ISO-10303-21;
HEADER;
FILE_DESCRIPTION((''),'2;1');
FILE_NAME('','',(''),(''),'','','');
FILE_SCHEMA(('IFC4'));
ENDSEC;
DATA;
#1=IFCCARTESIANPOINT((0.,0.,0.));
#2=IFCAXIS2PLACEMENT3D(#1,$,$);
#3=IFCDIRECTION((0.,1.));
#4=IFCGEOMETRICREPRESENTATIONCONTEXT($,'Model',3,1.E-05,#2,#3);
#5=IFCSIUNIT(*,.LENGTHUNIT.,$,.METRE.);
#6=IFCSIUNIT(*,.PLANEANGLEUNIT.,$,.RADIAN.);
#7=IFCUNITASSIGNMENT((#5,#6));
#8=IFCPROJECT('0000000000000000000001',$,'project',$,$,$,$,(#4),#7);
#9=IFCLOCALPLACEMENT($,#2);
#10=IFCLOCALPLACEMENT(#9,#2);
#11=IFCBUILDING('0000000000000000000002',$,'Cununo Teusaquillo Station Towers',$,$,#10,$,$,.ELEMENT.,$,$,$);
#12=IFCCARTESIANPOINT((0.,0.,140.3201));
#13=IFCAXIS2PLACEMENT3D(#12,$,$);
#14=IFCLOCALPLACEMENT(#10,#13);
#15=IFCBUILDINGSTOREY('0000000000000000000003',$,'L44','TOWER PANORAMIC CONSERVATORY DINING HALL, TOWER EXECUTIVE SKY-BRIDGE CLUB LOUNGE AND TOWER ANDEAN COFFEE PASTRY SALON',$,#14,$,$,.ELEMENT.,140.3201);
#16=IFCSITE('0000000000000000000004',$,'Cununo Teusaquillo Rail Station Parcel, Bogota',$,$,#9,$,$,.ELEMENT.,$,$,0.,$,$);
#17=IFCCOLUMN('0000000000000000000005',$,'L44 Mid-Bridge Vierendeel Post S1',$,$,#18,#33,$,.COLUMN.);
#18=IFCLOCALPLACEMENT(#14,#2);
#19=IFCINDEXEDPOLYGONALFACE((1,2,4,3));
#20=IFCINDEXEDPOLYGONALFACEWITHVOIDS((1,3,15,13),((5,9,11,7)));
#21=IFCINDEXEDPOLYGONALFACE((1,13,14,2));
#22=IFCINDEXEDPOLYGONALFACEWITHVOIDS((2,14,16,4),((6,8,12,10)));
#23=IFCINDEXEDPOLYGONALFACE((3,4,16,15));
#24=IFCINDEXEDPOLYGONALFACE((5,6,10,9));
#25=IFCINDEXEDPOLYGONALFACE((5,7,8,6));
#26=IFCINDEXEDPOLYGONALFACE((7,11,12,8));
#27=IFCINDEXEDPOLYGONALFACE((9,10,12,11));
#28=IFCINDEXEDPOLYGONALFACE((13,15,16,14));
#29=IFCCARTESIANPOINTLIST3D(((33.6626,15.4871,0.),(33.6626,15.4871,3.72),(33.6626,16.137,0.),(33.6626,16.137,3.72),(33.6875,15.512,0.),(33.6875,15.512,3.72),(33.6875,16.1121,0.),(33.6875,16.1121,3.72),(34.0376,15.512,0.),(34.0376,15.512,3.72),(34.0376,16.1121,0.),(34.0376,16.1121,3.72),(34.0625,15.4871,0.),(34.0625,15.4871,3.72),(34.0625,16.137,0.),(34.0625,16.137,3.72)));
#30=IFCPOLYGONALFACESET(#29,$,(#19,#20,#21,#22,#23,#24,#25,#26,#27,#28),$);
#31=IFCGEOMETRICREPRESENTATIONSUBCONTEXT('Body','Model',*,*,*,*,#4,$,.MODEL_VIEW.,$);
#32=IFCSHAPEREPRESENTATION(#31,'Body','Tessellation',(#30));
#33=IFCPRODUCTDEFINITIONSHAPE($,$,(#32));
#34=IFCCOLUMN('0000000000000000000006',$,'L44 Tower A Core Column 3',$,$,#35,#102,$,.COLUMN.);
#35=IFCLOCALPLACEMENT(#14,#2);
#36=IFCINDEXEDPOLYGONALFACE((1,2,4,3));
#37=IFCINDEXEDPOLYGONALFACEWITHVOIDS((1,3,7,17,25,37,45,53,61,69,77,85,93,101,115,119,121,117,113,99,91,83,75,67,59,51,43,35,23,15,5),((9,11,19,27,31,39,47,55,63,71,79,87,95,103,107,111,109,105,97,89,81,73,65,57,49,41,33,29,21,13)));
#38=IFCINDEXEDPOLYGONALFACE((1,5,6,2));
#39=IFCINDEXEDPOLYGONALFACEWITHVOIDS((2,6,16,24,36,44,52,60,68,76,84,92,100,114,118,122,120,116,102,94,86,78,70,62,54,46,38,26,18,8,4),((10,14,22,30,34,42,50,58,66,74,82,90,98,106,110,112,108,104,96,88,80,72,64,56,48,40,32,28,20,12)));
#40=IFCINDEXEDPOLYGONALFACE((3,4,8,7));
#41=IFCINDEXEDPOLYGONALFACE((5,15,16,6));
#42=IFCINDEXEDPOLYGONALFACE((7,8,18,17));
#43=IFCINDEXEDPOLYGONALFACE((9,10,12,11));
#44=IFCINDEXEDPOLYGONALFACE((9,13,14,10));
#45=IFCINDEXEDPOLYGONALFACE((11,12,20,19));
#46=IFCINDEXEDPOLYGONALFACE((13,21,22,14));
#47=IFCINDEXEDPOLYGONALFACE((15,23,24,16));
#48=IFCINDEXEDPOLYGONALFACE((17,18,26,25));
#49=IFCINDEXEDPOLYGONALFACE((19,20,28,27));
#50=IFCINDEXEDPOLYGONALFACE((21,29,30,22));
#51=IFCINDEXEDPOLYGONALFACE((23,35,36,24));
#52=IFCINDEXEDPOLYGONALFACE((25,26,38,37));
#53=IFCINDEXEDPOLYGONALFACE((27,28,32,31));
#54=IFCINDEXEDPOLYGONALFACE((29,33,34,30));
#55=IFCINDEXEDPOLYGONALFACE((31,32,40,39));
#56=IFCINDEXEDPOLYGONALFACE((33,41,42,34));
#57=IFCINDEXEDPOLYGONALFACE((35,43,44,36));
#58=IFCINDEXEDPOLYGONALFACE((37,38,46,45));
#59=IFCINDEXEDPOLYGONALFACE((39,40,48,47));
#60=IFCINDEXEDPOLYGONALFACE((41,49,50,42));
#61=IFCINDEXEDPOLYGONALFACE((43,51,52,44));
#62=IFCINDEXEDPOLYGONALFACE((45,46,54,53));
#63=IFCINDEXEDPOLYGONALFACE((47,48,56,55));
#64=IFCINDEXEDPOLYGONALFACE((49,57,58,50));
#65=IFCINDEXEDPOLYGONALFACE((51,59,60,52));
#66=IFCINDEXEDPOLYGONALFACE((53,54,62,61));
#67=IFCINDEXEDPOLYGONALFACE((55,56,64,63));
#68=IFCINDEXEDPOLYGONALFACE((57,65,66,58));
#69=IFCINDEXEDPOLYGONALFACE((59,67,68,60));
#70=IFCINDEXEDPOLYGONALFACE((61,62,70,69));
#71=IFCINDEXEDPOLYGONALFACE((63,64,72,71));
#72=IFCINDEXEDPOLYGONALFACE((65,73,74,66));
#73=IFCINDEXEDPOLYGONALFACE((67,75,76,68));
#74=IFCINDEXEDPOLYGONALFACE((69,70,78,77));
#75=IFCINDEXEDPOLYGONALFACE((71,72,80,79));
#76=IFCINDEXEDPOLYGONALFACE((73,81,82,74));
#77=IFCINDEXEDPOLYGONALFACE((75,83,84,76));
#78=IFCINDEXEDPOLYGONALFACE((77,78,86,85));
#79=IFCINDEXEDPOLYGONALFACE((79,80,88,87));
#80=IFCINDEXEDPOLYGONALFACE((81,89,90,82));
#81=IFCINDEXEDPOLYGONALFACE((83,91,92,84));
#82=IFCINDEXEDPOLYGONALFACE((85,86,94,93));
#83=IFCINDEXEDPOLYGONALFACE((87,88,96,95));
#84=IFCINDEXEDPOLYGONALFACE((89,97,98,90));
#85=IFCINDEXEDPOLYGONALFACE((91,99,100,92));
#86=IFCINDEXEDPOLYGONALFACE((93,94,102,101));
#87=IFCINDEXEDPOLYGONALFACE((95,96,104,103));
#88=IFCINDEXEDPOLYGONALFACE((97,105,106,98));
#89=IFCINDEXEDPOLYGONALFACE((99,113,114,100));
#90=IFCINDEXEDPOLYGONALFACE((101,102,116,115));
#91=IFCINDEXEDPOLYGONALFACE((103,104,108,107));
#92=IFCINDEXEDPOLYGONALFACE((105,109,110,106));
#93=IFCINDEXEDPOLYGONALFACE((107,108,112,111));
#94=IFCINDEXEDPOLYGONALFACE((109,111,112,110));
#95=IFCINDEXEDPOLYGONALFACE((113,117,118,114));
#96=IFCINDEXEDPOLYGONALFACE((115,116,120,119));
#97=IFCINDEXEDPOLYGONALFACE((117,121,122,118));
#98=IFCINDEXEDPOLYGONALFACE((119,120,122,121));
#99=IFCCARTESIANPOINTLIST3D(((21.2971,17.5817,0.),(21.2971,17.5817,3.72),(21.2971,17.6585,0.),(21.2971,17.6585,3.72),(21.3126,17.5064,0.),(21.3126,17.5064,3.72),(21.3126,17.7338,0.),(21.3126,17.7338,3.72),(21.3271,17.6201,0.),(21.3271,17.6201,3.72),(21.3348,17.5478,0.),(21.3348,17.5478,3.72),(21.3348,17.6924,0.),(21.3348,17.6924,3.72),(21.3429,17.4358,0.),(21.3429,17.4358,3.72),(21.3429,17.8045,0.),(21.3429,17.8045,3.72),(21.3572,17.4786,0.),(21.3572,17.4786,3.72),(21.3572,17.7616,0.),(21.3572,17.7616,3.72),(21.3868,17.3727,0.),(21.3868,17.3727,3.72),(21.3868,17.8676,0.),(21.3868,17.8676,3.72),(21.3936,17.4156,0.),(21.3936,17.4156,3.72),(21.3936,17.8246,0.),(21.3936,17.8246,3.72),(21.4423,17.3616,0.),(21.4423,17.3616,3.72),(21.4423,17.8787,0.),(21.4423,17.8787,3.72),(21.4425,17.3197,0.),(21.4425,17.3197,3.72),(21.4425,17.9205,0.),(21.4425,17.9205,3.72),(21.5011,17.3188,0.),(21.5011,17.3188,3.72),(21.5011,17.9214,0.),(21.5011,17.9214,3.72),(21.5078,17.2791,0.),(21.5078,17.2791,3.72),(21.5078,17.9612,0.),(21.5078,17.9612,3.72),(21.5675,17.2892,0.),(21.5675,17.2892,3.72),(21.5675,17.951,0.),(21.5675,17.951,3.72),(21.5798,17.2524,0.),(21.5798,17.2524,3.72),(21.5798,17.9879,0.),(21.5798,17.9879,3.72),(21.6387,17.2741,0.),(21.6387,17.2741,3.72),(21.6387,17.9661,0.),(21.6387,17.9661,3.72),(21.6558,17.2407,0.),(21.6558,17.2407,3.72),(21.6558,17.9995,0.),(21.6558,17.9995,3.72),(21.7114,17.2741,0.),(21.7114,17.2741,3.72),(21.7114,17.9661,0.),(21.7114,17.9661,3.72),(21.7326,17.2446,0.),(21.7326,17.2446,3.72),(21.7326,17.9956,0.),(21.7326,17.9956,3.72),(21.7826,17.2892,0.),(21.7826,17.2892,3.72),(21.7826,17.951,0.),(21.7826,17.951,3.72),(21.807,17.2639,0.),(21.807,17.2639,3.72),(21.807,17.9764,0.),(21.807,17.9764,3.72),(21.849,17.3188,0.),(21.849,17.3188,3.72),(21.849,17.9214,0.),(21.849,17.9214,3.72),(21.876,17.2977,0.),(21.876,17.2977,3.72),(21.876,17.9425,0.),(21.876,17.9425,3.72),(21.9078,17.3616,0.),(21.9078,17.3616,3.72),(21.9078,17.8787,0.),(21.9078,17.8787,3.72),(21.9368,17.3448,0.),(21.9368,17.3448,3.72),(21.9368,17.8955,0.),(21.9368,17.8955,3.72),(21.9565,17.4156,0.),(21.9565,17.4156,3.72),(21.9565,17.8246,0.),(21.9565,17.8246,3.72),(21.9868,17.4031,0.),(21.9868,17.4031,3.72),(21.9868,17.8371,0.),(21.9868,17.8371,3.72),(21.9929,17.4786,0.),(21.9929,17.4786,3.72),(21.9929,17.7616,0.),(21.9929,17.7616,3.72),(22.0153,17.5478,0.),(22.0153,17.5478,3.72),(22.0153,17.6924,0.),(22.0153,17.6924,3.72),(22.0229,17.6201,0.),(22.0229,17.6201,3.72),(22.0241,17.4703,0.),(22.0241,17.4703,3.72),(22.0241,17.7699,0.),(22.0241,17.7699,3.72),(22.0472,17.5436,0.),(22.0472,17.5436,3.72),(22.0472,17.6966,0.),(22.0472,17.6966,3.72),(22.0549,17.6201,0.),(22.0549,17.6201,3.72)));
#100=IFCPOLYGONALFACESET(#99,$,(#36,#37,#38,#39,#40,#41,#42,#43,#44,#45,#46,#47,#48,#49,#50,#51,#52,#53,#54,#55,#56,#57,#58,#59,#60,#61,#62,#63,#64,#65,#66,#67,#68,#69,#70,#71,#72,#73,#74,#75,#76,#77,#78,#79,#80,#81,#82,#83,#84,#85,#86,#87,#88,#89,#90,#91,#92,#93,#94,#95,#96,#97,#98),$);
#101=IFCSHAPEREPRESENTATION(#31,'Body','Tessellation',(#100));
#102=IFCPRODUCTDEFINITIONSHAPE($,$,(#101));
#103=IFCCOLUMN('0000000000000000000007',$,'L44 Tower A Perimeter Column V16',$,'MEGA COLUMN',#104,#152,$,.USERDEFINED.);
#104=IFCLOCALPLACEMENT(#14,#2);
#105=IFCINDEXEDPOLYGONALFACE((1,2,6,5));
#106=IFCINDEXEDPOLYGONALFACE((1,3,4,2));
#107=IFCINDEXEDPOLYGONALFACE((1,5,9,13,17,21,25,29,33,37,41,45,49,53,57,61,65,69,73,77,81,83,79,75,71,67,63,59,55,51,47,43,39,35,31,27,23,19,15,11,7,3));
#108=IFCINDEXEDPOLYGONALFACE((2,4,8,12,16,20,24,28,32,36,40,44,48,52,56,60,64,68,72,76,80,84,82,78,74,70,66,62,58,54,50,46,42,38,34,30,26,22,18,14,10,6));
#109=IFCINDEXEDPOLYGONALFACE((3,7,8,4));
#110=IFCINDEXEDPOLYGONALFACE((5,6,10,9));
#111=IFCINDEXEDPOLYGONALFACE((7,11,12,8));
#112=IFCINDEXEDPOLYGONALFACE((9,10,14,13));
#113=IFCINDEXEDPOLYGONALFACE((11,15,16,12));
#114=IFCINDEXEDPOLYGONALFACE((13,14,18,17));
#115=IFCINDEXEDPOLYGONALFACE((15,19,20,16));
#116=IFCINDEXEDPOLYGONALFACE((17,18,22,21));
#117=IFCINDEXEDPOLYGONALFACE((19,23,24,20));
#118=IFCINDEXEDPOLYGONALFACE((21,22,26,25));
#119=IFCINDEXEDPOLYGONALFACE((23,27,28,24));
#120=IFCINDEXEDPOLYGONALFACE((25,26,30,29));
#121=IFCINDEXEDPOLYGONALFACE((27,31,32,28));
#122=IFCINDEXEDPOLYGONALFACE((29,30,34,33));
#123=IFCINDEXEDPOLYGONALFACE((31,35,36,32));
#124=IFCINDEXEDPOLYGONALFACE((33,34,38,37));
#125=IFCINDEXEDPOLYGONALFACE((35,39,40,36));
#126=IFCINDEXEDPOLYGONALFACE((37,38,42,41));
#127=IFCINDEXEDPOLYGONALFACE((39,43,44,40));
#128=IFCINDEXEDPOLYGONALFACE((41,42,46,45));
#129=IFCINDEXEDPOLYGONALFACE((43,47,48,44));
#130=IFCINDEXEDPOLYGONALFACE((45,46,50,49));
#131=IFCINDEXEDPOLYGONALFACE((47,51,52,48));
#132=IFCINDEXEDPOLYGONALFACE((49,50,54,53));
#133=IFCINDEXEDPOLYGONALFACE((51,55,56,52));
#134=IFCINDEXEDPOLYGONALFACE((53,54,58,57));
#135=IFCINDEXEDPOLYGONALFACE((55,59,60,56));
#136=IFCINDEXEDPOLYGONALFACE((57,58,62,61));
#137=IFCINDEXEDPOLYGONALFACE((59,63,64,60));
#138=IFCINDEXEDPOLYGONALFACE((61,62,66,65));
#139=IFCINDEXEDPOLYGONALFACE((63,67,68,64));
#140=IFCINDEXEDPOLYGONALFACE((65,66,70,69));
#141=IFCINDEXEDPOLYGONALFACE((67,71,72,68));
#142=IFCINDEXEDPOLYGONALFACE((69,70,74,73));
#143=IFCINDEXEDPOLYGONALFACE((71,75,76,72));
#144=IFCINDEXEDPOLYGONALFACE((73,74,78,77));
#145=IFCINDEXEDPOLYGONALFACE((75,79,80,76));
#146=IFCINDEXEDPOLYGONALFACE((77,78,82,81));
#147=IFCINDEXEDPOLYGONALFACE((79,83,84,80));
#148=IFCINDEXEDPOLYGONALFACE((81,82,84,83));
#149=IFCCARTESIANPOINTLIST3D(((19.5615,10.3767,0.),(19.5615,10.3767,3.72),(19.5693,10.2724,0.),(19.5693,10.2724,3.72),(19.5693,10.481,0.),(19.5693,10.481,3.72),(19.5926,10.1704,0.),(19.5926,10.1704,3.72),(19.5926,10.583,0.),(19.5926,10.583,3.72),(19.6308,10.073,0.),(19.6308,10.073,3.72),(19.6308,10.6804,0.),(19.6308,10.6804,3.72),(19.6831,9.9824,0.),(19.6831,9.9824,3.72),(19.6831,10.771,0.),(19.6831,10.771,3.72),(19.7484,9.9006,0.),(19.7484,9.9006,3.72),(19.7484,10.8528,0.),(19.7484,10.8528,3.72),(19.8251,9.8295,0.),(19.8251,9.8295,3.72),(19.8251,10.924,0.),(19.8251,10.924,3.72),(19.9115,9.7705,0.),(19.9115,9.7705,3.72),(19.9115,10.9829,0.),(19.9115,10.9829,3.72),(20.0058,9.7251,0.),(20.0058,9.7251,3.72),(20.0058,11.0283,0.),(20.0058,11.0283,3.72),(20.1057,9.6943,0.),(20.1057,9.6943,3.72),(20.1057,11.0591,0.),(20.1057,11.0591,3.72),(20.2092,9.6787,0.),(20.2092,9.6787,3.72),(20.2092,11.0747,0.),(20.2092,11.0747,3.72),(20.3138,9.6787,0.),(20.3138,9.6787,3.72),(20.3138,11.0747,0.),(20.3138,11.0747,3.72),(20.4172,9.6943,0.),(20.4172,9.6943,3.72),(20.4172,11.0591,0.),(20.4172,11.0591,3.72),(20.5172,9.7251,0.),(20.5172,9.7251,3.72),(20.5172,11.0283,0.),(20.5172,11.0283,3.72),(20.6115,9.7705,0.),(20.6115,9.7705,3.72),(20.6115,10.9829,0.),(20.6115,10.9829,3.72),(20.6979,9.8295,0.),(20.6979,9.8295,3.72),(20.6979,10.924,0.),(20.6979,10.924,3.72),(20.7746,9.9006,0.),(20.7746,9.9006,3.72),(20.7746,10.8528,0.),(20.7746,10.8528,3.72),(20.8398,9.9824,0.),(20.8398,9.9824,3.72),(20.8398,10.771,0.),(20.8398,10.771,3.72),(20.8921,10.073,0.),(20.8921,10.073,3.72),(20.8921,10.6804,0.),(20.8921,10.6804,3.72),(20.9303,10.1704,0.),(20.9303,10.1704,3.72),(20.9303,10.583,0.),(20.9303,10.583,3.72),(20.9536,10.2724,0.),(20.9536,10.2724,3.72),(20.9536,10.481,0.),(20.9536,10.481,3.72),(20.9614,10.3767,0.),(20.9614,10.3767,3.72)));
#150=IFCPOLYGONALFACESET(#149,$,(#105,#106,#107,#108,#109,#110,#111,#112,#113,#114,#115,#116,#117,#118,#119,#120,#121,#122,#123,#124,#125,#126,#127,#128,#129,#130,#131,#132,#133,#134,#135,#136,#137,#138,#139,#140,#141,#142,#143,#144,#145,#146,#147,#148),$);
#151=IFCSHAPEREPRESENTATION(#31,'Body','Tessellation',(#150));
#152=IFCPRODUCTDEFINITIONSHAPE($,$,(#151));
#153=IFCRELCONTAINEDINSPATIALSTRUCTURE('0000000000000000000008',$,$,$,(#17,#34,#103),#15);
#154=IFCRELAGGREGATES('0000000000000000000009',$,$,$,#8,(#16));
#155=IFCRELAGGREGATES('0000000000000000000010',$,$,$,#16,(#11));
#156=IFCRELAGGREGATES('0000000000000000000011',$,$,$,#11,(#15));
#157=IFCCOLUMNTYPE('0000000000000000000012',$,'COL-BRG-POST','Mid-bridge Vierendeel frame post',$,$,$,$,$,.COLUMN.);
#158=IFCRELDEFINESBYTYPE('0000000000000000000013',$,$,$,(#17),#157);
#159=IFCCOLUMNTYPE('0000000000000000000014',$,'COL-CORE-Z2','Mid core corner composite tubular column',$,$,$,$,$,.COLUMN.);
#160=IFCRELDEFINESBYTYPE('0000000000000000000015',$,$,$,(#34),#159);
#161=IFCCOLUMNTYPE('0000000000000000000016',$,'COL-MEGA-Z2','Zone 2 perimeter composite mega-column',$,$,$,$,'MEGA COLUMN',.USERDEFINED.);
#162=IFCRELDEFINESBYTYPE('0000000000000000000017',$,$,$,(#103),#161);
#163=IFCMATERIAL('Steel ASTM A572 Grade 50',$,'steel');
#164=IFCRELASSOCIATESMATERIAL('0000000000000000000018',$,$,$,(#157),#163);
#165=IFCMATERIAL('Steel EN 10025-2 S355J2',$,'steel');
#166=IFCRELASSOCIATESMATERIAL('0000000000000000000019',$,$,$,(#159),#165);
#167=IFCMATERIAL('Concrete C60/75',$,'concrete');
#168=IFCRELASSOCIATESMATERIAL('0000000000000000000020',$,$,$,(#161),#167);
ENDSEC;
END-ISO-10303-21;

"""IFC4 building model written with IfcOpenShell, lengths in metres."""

from ifc_helpers import new_model, si_unit, direction, frame, origin, origin_2d, place, context, subcontext, project, spatial, hollow_rectangle, circle, hollow_circle, extrude, material, material_profile, profile_set, type_object, element, save


model = new_model("IFC4")

# Units and contexts
model_context = context("Model", 3, precision=1e-05, world=origin(), true_north=direction((0.0, 1.0)))
body_context = subcontext(model_context, "Body", "Model", "MODEL_VIEW")
ifc_project = project(units=[si_unit("LENGTHUNIT", "METRE"), si_unit("PLANEANGLEUNIT", "RADIAN")], contexts=[model_context])

# Site, building, storey
site_placement = place(None, origin())
site = spatial("IfcSite", under=ifc_project, at=site_placement, Name="Cununo Teusaquillo Rail Station Parcel, Bogota", CompositionType="ELEMENT", RefElevation=0.0)
building_placement = place(site_placement, origin())
building = spatial("IfcBuilding", under=site, at=building_placement, Name="Cununo Teusaquillo Station Towers", CompositionType="ELEMENT")
storey_placement = place(building_placement, frame((0.0, 0.0, 140.3201)))
storey = spatial("IfcBuildingStorey", under=building, at=storey_placement, Name="L44", Description="TOWER PANORAMIC CONSERVATORY DINING HALL, TOWER EXECUTIVE SKY-BRIDGE CLUB LOUNGE AND TOWER ANDEAN COFFEE PASTRY SALON", CompositionType="ELEMENT", Elevation=140.3201)

# Columns
ifc_material_1 = material(Name="Steel ASTM A572 Grade 50", Category="steel")
ifc_material_profile_1 = material_profile(ifc_material_1, hollow_rectangle(XDim=0.3999, YDim=0.6499, WallThickness=0.0249, at=origin_2d()), Name="RHS 650x400x25")
ifc_profile_set_1 = profile_set([ifc_material_profile_1], Name="Steel ASTM A572 Grade 50")
column_type_1 = type_object("IfcColumnType", Name="COL-BRG-POST", Description="Mid-bridge Vierendeel frame post", PredefinedType="COLUMN", material=ifc_profile_set_1)
column_1_placement = place(storey_placement, frame((33.8625, 15.812, 0.0), z_axis=(0.0, 0.0, 1.0), x_axis=(1.0, 0.0, 0.0)))
element("IfcColumn", 1, at=column_1_placement, inside=storey, type_object=column_type_1, Name="L44 Mid-Bridge Vierendeel Post S1", PredefinedType="COLUMN", context=body_context, shape_type="SweptSolid", body=[
    extrude(hollow_rectangle(XDim=0.3999, YDim=0.6499, WallThickness=0.0249, at=origin_2d()), origin(), (0.0, 0.0, 1.0), 3.72),
])
ifc_material_2 = material(Name="Steel EN 10025-2 S355J2", Category="steel")
ifc_material_profile_2 = material_profile(ifc_material_2, hollow_circle(Radius=0.3799, WallThickness=0.032, at=origin_2d()), Name="CHS 760x32")
ifc_profile_set_2 = profile_set([ifc_material_profile_2], Name="Steel EN 10025-2 S355J2")
column_type_2 = type_object("IfcColumnType", Name="COL-CORE-Z2", Description="Mid core corner composite tubular column", PredefinedType="COLUMN", material=ifc_profile_set_2)
column_2_placement = place(storey_placement, frame((21.675, 17.6201, 0.0), z_axis=(0.0, 0.0, 1.0), x_axis=(1.0, 0.0, 0.0)))
element("IfcColumn", 2, at=column_2_placement, inside=storey, type_object=column_type_2, Name="L44 Tower A Core Column 3", PredefinedType="COLUMN", context=body_context, shape_type="SweptSolid", body=[
    extrude(hollow_circle(Radius=0.3799, WallThickness=0.032, at=origin_2d()), origin(), (0.0, 0.0, 1.0), 3.72),
])
ifc_material_3 = material(Name="Concrete C60/75", Category="concrete")
ifc_material_profile_3 = material_profile(ifc_material_3, circle(Radius=0.7, at=origin_2d()), Name="RC-CIRC-1400")
ifc_profile_set_3 = profile_set([ifc_material_profile_3], Name="Concrete C60/75")
column_type_3 = type_object("IfcColumnType", Name="COL-MEGA-Z2", Description="Zone 2 perimeter composite mega-column", ElementType="MEGA COLUMN", PredefinedType="USERDEFINED", material=ifc_profile_set_3)
for number, where, z_axis, x_axis, name in (
    (3, (20.2615, 10.3767, 0.0), (0.0, 0.0, 1.0), (1.0, 0.0, 0.0), "L44 Tower A Perimeter Column V16"),
):
    element("IfcColumn", number, at=place(storey_placement, frame(where, z_axis=z_axis, x_axis=x_axis)), inside=storey, type_object=column_type_3, Name=name, ObjectType="MEGA COLUMN", PredefinedType="USERDEFINED", context=body_context, shape_type="SweptSolid", body=[
        extrude(circle(Radius=0.7, at=origin_2d()), origin(), (0.0, 0.0, 1.0), 3.72),
    ])

save(model, "model.ifc")
